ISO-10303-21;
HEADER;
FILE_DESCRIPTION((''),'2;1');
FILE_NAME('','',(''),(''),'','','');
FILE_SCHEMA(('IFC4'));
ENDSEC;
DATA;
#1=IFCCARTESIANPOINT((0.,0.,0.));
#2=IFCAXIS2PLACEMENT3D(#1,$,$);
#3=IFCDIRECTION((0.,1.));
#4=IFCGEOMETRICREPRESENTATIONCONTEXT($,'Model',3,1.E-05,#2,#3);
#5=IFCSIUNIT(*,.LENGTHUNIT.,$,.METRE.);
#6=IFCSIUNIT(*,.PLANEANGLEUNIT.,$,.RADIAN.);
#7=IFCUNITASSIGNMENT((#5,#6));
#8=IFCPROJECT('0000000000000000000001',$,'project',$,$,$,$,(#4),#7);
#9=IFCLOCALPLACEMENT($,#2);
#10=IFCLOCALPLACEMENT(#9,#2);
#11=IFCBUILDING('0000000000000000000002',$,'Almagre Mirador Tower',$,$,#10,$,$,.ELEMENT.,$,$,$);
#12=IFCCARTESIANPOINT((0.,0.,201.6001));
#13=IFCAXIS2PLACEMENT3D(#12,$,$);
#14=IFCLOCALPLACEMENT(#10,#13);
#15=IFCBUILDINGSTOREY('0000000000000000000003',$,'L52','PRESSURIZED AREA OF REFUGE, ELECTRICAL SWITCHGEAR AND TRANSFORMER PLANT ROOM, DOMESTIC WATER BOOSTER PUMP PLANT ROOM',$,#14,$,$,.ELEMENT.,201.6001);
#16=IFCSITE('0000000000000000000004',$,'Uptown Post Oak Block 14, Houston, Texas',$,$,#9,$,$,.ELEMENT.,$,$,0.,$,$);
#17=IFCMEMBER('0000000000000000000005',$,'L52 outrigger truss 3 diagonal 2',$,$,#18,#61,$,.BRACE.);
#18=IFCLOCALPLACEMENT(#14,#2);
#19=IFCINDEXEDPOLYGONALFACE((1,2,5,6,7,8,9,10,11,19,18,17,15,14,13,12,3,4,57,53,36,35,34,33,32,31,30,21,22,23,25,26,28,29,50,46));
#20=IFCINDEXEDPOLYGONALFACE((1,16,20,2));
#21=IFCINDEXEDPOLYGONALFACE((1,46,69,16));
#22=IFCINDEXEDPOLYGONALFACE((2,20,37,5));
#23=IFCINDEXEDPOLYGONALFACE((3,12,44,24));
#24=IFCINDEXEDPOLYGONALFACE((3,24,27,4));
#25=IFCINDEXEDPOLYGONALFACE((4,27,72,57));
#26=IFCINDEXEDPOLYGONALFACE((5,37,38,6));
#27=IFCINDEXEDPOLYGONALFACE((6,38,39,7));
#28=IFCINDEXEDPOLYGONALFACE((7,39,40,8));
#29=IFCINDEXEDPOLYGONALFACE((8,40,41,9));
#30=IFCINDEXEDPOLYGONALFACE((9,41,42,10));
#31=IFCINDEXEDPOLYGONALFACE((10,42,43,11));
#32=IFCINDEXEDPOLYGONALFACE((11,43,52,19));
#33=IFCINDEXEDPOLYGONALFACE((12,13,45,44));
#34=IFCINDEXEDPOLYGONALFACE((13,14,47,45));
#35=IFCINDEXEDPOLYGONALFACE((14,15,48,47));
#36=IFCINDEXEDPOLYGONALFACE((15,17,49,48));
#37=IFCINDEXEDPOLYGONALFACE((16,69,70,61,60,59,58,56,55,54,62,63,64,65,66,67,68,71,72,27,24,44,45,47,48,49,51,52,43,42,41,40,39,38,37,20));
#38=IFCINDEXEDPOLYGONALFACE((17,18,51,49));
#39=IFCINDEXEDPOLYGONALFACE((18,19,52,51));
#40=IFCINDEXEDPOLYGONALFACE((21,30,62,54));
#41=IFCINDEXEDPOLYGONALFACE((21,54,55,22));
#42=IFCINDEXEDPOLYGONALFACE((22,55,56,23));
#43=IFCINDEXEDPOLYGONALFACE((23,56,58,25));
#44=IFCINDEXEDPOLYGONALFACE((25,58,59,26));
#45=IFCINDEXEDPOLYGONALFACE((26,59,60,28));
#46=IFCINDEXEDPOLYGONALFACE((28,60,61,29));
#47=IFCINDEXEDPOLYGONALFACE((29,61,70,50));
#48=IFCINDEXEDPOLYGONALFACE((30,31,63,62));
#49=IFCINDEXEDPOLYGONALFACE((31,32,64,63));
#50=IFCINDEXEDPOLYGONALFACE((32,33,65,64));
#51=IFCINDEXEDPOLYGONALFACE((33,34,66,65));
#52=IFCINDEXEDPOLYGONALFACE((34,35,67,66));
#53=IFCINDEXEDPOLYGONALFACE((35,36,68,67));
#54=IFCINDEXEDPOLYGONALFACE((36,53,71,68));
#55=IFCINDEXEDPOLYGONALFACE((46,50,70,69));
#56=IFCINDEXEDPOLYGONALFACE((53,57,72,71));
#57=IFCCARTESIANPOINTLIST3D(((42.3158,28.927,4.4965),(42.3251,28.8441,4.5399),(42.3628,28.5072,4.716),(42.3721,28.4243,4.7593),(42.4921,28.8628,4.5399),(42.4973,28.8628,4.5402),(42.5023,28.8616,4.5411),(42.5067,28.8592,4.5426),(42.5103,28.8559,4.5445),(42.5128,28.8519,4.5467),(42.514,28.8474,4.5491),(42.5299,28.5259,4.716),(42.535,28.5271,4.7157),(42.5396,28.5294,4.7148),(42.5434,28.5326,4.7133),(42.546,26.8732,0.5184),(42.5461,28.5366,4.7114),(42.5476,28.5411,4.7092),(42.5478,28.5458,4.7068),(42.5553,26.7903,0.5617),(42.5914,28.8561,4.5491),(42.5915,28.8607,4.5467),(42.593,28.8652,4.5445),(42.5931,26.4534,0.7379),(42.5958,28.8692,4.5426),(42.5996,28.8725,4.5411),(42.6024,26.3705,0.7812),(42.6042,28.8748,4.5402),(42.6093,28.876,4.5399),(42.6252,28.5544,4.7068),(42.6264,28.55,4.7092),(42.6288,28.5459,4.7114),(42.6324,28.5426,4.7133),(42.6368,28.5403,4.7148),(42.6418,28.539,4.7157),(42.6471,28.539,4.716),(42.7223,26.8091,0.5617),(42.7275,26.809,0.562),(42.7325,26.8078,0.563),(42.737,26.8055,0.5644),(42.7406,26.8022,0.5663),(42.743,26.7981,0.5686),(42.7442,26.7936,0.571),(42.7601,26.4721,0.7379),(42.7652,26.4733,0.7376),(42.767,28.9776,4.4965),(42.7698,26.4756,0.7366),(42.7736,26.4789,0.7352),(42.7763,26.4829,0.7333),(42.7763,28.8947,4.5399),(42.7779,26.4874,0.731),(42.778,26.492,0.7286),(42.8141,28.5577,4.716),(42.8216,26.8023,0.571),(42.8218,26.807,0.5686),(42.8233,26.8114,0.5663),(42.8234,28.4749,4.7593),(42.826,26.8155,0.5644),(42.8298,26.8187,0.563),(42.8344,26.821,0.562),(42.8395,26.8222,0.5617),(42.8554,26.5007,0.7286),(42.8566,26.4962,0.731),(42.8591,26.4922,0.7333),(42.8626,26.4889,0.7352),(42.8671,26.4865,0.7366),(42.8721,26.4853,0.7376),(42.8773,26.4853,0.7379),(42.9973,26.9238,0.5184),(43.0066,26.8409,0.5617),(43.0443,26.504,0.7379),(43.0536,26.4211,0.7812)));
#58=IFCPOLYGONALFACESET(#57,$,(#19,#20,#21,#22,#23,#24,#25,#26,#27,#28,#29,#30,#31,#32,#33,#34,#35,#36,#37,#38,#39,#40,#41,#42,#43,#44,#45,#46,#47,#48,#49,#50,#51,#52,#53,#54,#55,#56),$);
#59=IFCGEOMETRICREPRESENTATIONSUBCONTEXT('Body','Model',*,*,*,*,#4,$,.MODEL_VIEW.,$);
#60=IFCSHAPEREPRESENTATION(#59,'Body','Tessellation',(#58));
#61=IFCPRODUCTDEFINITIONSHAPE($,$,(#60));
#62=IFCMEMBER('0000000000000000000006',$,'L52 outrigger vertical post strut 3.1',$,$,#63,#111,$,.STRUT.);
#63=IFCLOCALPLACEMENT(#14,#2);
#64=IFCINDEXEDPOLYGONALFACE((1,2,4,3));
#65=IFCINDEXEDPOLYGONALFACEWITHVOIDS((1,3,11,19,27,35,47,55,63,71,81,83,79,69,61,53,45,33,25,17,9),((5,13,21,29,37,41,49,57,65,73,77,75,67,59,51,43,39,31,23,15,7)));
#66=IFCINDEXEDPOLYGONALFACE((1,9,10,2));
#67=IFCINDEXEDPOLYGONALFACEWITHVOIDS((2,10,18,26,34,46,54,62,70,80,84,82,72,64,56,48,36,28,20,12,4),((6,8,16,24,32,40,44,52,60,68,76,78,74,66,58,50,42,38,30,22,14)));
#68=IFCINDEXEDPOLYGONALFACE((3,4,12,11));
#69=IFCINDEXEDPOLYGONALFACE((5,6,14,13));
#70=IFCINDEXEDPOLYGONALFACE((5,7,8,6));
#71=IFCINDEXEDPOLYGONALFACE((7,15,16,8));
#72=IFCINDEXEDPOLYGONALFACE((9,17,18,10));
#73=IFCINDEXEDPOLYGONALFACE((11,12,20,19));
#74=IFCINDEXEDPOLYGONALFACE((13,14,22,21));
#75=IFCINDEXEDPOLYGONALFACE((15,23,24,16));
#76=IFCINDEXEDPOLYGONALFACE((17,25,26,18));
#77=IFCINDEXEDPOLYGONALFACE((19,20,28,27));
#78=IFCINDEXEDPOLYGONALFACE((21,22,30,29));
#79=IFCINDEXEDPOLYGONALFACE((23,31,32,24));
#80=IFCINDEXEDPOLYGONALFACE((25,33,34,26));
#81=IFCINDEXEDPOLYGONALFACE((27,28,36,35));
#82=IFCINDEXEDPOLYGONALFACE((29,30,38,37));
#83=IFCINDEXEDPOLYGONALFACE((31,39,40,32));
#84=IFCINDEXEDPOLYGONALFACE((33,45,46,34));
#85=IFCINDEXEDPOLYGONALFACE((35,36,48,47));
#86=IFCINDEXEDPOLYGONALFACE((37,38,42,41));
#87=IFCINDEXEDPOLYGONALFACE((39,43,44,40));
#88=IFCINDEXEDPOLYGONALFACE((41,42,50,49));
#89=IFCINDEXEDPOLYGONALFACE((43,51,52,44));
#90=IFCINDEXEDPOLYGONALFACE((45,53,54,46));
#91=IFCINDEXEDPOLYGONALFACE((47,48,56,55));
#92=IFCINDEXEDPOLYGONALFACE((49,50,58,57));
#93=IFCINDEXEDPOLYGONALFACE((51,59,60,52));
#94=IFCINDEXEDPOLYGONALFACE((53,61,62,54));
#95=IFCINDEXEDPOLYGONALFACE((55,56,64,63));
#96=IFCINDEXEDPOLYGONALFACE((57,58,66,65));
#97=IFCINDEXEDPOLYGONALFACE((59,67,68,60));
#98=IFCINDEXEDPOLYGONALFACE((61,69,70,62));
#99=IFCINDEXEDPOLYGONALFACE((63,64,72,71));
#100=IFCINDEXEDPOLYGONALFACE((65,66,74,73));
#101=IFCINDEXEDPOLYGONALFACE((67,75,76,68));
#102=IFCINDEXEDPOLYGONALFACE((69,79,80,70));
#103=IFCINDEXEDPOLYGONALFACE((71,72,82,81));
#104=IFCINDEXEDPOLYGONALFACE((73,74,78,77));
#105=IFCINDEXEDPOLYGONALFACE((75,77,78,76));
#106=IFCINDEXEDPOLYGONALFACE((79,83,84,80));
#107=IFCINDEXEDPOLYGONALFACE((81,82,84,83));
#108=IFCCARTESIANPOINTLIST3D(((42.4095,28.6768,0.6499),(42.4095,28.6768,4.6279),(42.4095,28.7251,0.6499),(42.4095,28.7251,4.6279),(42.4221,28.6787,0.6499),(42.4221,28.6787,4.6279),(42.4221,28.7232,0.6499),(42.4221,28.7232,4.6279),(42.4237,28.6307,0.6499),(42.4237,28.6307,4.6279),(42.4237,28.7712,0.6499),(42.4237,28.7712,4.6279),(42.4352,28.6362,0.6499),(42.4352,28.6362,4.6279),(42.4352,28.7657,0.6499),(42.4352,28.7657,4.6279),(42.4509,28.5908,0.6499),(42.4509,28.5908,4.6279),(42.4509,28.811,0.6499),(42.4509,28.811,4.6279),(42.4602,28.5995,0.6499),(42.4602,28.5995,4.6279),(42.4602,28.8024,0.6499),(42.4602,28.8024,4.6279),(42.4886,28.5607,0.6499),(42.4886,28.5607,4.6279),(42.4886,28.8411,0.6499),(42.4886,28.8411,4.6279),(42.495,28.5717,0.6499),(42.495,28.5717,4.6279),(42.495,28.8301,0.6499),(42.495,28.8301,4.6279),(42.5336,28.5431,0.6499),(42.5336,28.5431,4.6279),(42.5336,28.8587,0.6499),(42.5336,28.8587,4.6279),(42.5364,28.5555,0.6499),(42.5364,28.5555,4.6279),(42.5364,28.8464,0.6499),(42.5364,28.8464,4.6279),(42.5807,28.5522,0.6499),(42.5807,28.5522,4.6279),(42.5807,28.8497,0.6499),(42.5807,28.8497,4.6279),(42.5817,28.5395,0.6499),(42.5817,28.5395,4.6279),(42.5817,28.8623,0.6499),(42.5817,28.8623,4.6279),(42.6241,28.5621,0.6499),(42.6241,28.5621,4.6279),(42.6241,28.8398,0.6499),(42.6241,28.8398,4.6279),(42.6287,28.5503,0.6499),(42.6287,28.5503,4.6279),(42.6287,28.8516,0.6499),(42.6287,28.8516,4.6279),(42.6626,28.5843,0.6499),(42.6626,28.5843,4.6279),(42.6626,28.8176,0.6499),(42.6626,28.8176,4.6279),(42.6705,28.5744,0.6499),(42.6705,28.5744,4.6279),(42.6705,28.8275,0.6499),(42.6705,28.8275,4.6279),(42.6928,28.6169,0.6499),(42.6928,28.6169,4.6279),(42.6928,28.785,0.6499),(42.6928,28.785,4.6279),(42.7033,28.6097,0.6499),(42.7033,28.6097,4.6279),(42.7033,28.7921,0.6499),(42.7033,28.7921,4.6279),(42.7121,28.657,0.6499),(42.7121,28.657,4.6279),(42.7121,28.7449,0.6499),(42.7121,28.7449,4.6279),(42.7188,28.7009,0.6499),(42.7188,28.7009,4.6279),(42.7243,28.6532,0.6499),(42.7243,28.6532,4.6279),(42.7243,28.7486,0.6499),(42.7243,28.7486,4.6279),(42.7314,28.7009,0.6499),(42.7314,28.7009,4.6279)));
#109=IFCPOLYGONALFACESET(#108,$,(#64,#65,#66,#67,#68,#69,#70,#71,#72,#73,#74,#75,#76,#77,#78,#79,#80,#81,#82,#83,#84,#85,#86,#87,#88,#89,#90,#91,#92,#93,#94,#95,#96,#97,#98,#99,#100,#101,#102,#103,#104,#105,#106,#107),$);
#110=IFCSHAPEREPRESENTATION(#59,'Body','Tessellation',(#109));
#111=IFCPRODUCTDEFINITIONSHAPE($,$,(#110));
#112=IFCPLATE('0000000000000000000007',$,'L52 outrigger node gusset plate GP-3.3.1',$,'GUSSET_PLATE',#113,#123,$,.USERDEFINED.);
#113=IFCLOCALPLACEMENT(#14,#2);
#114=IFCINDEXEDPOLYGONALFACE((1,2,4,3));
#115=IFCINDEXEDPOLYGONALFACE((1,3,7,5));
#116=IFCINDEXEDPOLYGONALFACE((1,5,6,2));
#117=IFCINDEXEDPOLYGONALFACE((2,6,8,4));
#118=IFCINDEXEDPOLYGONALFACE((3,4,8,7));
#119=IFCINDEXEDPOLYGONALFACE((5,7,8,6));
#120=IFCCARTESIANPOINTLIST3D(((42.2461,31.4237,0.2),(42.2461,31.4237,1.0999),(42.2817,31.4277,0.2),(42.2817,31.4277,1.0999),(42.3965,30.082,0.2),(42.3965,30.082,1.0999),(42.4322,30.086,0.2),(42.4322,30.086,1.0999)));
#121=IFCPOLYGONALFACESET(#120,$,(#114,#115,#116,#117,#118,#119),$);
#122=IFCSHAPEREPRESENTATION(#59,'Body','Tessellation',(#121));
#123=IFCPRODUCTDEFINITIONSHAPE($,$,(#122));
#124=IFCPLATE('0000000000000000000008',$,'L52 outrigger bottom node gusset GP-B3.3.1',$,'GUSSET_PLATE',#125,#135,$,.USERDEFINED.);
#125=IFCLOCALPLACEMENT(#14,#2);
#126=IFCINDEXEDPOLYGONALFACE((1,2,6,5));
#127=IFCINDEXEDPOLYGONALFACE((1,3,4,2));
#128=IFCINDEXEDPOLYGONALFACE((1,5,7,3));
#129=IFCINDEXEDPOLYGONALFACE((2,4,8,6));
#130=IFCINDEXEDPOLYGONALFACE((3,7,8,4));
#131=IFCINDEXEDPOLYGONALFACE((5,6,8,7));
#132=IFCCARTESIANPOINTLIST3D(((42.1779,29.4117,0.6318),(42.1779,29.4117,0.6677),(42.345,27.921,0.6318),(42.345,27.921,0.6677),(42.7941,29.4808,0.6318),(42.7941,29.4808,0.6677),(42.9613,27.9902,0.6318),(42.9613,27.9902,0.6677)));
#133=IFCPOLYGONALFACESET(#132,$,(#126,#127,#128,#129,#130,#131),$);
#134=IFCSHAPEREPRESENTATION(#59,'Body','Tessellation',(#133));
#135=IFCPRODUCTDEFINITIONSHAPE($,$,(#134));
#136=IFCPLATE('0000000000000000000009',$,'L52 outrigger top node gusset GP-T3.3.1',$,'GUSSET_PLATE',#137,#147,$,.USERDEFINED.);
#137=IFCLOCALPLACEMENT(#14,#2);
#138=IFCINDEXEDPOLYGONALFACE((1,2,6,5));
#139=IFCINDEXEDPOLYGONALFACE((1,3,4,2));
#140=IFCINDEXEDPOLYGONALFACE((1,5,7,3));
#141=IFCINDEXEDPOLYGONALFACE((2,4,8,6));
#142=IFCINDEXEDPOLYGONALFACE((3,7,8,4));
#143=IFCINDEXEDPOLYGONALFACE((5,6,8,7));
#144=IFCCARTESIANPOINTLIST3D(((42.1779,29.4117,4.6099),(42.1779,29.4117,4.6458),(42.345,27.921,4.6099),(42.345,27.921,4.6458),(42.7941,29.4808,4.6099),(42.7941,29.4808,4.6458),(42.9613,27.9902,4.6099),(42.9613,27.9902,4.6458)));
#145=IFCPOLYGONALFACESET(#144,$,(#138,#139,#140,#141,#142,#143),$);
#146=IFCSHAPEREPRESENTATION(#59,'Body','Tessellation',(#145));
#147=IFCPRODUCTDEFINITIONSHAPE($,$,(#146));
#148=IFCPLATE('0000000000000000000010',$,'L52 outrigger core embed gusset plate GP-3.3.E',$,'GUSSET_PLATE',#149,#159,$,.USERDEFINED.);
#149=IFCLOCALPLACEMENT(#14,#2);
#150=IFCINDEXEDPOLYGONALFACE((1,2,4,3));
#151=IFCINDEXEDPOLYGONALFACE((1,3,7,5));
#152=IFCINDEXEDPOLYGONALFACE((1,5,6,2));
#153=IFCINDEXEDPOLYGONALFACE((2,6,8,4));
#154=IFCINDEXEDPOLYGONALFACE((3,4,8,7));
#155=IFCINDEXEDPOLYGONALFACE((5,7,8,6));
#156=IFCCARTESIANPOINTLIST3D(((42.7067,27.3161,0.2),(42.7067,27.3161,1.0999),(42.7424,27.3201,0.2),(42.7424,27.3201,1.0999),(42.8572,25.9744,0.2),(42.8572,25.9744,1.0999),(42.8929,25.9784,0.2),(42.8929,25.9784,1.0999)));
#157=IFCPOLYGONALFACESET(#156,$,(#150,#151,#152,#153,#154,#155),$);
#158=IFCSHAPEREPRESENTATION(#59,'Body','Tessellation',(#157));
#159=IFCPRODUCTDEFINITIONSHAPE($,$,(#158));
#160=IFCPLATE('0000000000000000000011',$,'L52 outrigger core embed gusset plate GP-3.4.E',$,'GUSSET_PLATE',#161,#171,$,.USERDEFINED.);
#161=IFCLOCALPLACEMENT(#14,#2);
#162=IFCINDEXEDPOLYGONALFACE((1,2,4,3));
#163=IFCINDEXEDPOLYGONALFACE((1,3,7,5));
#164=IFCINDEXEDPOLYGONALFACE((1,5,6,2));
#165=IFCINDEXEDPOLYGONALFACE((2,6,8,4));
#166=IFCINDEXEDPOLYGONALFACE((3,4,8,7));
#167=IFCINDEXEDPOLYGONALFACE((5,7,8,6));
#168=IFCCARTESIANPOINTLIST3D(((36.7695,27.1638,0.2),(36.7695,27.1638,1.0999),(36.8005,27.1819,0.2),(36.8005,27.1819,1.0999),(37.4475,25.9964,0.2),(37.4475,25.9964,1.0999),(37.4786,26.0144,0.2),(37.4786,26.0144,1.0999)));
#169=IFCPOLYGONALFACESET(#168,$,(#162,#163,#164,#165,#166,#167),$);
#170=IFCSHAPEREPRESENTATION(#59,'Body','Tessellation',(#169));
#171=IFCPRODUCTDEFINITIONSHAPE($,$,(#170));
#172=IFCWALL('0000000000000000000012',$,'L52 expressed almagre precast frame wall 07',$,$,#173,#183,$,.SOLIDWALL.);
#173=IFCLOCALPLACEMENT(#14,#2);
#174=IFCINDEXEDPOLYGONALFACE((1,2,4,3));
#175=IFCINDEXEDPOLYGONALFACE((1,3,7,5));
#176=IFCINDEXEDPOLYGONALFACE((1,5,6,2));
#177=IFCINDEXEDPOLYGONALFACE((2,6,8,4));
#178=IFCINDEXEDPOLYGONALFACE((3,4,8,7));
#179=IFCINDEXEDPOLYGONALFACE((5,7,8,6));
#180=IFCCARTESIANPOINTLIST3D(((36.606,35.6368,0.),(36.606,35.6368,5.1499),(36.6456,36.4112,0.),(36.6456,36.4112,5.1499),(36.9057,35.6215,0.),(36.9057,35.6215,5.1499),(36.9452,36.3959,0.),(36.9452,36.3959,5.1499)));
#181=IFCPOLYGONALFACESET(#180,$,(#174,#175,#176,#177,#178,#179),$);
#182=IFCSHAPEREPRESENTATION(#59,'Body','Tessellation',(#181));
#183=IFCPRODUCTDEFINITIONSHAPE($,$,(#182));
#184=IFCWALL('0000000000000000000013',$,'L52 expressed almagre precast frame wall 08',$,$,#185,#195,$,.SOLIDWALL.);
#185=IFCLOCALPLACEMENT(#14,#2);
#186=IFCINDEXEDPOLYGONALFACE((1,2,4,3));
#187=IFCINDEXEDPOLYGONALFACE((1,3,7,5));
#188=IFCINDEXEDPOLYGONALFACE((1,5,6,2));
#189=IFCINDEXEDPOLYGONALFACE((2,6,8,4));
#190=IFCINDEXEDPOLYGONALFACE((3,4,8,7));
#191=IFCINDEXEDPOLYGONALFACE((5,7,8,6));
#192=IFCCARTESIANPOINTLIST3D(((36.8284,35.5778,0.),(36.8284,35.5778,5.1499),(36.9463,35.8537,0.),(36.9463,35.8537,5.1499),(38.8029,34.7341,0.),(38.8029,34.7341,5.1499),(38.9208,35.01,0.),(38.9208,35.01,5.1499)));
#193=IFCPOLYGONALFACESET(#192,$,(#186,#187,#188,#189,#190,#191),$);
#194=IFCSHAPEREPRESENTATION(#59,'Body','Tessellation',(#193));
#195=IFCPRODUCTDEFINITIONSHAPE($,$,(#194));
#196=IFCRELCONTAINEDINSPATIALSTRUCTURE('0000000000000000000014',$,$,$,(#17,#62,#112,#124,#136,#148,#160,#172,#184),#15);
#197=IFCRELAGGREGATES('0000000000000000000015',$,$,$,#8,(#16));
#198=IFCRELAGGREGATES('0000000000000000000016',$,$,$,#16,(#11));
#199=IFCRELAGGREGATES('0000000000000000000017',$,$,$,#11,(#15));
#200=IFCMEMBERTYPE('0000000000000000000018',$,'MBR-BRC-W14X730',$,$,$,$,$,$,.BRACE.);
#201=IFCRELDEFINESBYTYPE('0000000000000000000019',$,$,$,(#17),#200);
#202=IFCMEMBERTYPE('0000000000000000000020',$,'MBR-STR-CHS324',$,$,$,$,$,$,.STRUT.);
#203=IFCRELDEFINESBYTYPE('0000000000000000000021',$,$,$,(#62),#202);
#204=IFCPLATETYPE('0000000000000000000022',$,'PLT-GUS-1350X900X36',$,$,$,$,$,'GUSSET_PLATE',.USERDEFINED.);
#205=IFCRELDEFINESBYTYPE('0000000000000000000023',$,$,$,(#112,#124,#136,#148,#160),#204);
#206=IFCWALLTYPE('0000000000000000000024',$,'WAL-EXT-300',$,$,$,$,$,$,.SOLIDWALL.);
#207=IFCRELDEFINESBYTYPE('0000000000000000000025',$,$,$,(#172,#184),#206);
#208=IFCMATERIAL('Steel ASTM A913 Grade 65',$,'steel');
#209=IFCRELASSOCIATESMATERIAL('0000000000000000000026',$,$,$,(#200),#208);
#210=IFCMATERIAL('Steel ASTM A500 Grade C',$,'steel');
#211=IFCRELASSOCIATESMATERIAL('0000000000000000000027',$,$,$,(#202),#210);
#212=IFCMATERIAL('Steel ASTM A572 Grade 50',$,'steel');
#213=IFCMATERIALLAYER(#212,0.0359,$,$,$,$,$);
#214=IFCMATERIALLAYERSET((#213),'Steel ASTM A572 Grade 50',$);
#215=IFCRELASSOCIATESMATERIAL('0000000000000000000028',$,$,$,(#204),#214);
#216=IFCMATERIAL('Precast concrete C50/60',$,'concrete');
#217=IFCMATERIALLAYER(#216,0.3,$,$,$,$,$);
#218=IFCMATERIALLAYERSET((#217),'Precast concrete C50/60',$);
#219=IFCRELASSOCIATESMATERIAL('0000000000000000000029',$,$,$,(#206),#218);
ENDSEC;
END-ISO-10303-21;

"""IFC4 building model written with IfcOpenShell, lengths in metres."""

from ifc_helpers import new_model, si_unit, direction, frame, frame_2d, origin, origin_2d, place, context, subcontext, project, spatial, rectangle, hollow_circle, i_section, extrude, material, layer, layer_set, material_profile, profile_set, type_object, element, save


model = new_model("IFC4")

# Units and contexts
model_context = context("Model", 3, precision=1e-05, world=origin(), true_north=direction((0.0, 1.0)))
body_context = subcontext(model_context, "Body", "Model", "MODEL_VIEW")
ifc_project = project(units=[si_unit("LENGTHUNIT", "METRE"), si_unit("PLANEANGLEUNIT", "RADIAN")], contexts=[model_context])

# Site, building, storey
site_placement = place(None, origin())
site = spatial("IfcSite", under=ifc_project, at=site_placement, Name="Uptown Post Oak Block 14, Houston, Texas", CompositionType="ELEMENT", RefElevation=0.0)
building_placement = place(site_placement, origin())
building = spatial("IfcBuilding", under=site, at=building_placement, Name="Almagre Mirador Tower", CompositionType="ELEMENT")
storey_placement = place(building_placement, frame((0.0, 0.0, 201.6001)))
storey = spatial("IfcBuildingStorey", under=building, at=storey_placement, Name="L52", Description="PRESSURIZED AREA OF REFUGE, ELECTRICAL SWITCHGEAR AND TRANSFORMER PLANT ROOM, DOMESTIC WATER BOOSTER PUMP PLANT ROOM", CompositionType="ELEMENT", Elevation=201.6001)

# Members
ifc_material_1 = material(Name="Steel ASTM A913 Grade 65", Category="steel")
ifc_material_profile_1 = material_profile(ifc_material_1, i_section(OverallWidth=0.4541, OverallDepth=0.5701, WebThickness=0.0779, FlangeThickness=0.094, FilletRadius=0.02, at=origin_2d()), Name="W14X730")
ifc_profile_set_1 = profile_set([ifc_material_profile_1], Name="Steel ASTM A913 Grade 65")
member_type_1 = type_object("IfcMemberType", Name="MBR-BRC-W14X730", PredefinedType="BRACE", material=ifc_profile_set_1)
for number, where, z_axis, x_axis, name in (
    (1, (42.5696, 28.7009, 4.6279), (0.051357, -0.458132, -0.887399), (0.993775, 0.111404, 0.0), "L52 outrigger truss 3 diagonal 2"),
):
    element("IfcMember", number, at=place(storey_placement, frame(where, z_axis=z_axis, x_axis=x_axis)), inside=storey, type_object=member_type_1, Name=name, PredefinedType="BRACE", context=body_context, shape_type="SweptSolid", body=[
        extrude(i_section(OverallWidth=0.4541, OverallDepth=0.5701, WebThickness=0.0779, FlangeThickness=0.094, FilletRadius=0.02, at=origin_2d()), origin(), (0.0, 0.0, 1.0), 4.4829),
    ])
ifc_material_2 = material(Name="Steel ASTM A500 Grade C", Category="steel")
ifc_material_profile_2 = material_profile(ifc_material_2, hollow_circle(Radius=0.1619, WallThickness=0.0127, at=origin_2d()), Name="CHS323.9X12.7")
ifc_profile_set_2 = profile_set([ifc_material_profile_2], Name="Steel ASTM A500 Grade C")
member_type_2 = type_object("IfcMemberType", Name="MBR-STR-CHS324", PredefinedType="STRUT", material=ifc_profile_set_2)
member_placement = place(storey_placement, frame((42.5696, 28.7009, 0.6499), z_axis=(0.0, 0.0, 1.0), x_axis=(1.0, 0.0, 0.0)))
element("IfcMember", 2, at=member_placement, inside=storey, type_object=member_type_2, Name="L52 outrigger vertical post strut 3.1", PredefinedType="STRUT", context=body_context, shape_type="SweptSolid", body=[
    extrude(hollow_circle(Radius=0.1619, WallThickness=0.0127, at=origin_2d()), origin(), (0.0, 0.0, 1.0), 3.978),
])

# Plates
ifc_material_3 = material(Name="Steel ASTM A572 Grade 50", Category="steel")
ifc_layer_1 = layer(ifc_material_3, 0.0359)
ifc_layer_set_1 = layer_set([ifc_layer_1], Name="Steel ASTM A572 Grade 50")
plate_type = type_object("IfcPlateType", Name="PLT-GUS-1350X900X36", ElementType="GUSSET_PLATE", PredefinedType="USERDEFINED", material=ifc_layer_set_1)
plate_placement = place(storey_placement, frame((42.3391, 30.7549, 0.2), z_axis=(0.0, 0.0, 1.0), x_axis=(0.111434, -0.993772, 0.0)))
element("IfcPlate", 3, at=plate_placement, inside=storey, type_object=plate_type, Name="L52 outrigger node gusset plate GP-3.3.1", ObjectType="GUSSET_PLATE", PredefinedType="USERDEFINED", context=body_context, shape_type="SweptSolid", body=[
    extrude(rectangle(XDim=1.3501, YDim=0.0359, at=origin_2d()), origin(), (0.0, 0.0, 1.0), 0.8999),
])
for number, where, z_axis, x_axis, name in (
    (4, (42.5696, 28.7009, 0.6318), (0.0, 0.0, 1.0), (0.111434, -0.993772, 0.0), "L52 outrigger bottom node gusset GP-B3.3.1"),
    (5, (42.5696, 28.7009, 4.6099), (0.0, 0.0, 1.0), (0.111434, -0.993772, 0.0), "L52 outrigger top node gusset GP-T3.3.1"),
):
    element("IfcPlate", number, at=place(storey_placement, frame(where, z_axis=z_axis, x_axis=x_axis)), inside=storey, type_object=plate_type, Name=name, ObjectType="GUSSET_PLATE", PredefinedType="USERDEFINED", context=body_context, shape_type="SweptSolid", body=[
        extrude(rectangle(XDim=1.5, YDim=0.6201, at=origin_2d()), origin(), (0.0, 0.0, 1.0), 0.0359),
    ])
for number, where, z_axis, x_axis, name in (
    (6, (42.7998, 26.6472, 0.2), (0.0, 0.0, 1.0), (0.111434, -0.993772, 0.0), "L52 outrigger core embed gusset plate GP-3.3.E"),
    (7, (37.124, 26.5891, 0.2), (0.0, 0.0, 1.0), (0.502205, -0.864749, 0.0), "L52 outrigger core embed gusset plate GP-3.4.E"),
):
    element("IfcPlate", number, at=place(storey_placement, frame(where, z_axis=z_axis, x_axis=x_axis)), inside=storey, type_object=plate_type, Name=name, ObjectType="GUSSET_PLATE", PredefinedType="USERDEFINED", context=body_context, shape_type="SweptSolid", body=[
        extrude(rectangle(XDim=1.3501, YDim=0.0359, at=origin_2d()), origin(), (0.0, 0.0, 1.0), 0.8999),
    ])

# Walls
ifc_material_4 = material(Name="Precast concrete C50/60", Category="concrete")
ifc_layer_2 = layer(ifc_material_4, 0.3)
ifc_layer_set_2 = layer_set([ifc_layer_2], Name="Precast concrete C50/60")
wall_type_1 = type_object("IfcWallType", Name="WAL-EXT-300", PredefinedType="SOLIDWALL", material=ifc_layer_set_2)
wall_1_placement = place(storey_placement, frame((36.7954, 36.4036, 0.0), z_axis=(0.0, 0.0, 1.0), x_axis=(-0.051005, -0.998698, 0.0)))
element("IfcWall", 8, at=wall_1_placement, inside=storey, type_object=wall_type_1, Name="L52 expressed almagre precast frame wall 07", PredefinedType="SOLIDWALL", context=body_context, shape_type="SweptSolid", body=[
    extrude(rectangle(XDim=0.7754, YDim=0.3, at=frame_2d((0.3877, 0.0))), origin(), (0.0, 0.0, 1.0), 5.1499),
])
wall_2_placement = place(storey_placement, frame((36.8872, 35.7158, 0.0), z_axis=(0.0, 0.0, 1.0), x_axis=(0.919568, -0.392931, 0.0)))
element("IfcWall", 9, at=wall_2_placement, inside=storey, type_object=wall_type_1, Name="L52 expressed almagre precast frame wall 08", PredefinedType="SOLIDWALL", context=body_context, shape_type="SweptSolid", body=[
    extrude(rectangle(XDim=2.1472, YDim=0.3, at=frame_2d((1.0737, 0.0))), origin(), (0.0, 0.0, 1.0), 5.1499),
])

save(model, "model.ifc")
